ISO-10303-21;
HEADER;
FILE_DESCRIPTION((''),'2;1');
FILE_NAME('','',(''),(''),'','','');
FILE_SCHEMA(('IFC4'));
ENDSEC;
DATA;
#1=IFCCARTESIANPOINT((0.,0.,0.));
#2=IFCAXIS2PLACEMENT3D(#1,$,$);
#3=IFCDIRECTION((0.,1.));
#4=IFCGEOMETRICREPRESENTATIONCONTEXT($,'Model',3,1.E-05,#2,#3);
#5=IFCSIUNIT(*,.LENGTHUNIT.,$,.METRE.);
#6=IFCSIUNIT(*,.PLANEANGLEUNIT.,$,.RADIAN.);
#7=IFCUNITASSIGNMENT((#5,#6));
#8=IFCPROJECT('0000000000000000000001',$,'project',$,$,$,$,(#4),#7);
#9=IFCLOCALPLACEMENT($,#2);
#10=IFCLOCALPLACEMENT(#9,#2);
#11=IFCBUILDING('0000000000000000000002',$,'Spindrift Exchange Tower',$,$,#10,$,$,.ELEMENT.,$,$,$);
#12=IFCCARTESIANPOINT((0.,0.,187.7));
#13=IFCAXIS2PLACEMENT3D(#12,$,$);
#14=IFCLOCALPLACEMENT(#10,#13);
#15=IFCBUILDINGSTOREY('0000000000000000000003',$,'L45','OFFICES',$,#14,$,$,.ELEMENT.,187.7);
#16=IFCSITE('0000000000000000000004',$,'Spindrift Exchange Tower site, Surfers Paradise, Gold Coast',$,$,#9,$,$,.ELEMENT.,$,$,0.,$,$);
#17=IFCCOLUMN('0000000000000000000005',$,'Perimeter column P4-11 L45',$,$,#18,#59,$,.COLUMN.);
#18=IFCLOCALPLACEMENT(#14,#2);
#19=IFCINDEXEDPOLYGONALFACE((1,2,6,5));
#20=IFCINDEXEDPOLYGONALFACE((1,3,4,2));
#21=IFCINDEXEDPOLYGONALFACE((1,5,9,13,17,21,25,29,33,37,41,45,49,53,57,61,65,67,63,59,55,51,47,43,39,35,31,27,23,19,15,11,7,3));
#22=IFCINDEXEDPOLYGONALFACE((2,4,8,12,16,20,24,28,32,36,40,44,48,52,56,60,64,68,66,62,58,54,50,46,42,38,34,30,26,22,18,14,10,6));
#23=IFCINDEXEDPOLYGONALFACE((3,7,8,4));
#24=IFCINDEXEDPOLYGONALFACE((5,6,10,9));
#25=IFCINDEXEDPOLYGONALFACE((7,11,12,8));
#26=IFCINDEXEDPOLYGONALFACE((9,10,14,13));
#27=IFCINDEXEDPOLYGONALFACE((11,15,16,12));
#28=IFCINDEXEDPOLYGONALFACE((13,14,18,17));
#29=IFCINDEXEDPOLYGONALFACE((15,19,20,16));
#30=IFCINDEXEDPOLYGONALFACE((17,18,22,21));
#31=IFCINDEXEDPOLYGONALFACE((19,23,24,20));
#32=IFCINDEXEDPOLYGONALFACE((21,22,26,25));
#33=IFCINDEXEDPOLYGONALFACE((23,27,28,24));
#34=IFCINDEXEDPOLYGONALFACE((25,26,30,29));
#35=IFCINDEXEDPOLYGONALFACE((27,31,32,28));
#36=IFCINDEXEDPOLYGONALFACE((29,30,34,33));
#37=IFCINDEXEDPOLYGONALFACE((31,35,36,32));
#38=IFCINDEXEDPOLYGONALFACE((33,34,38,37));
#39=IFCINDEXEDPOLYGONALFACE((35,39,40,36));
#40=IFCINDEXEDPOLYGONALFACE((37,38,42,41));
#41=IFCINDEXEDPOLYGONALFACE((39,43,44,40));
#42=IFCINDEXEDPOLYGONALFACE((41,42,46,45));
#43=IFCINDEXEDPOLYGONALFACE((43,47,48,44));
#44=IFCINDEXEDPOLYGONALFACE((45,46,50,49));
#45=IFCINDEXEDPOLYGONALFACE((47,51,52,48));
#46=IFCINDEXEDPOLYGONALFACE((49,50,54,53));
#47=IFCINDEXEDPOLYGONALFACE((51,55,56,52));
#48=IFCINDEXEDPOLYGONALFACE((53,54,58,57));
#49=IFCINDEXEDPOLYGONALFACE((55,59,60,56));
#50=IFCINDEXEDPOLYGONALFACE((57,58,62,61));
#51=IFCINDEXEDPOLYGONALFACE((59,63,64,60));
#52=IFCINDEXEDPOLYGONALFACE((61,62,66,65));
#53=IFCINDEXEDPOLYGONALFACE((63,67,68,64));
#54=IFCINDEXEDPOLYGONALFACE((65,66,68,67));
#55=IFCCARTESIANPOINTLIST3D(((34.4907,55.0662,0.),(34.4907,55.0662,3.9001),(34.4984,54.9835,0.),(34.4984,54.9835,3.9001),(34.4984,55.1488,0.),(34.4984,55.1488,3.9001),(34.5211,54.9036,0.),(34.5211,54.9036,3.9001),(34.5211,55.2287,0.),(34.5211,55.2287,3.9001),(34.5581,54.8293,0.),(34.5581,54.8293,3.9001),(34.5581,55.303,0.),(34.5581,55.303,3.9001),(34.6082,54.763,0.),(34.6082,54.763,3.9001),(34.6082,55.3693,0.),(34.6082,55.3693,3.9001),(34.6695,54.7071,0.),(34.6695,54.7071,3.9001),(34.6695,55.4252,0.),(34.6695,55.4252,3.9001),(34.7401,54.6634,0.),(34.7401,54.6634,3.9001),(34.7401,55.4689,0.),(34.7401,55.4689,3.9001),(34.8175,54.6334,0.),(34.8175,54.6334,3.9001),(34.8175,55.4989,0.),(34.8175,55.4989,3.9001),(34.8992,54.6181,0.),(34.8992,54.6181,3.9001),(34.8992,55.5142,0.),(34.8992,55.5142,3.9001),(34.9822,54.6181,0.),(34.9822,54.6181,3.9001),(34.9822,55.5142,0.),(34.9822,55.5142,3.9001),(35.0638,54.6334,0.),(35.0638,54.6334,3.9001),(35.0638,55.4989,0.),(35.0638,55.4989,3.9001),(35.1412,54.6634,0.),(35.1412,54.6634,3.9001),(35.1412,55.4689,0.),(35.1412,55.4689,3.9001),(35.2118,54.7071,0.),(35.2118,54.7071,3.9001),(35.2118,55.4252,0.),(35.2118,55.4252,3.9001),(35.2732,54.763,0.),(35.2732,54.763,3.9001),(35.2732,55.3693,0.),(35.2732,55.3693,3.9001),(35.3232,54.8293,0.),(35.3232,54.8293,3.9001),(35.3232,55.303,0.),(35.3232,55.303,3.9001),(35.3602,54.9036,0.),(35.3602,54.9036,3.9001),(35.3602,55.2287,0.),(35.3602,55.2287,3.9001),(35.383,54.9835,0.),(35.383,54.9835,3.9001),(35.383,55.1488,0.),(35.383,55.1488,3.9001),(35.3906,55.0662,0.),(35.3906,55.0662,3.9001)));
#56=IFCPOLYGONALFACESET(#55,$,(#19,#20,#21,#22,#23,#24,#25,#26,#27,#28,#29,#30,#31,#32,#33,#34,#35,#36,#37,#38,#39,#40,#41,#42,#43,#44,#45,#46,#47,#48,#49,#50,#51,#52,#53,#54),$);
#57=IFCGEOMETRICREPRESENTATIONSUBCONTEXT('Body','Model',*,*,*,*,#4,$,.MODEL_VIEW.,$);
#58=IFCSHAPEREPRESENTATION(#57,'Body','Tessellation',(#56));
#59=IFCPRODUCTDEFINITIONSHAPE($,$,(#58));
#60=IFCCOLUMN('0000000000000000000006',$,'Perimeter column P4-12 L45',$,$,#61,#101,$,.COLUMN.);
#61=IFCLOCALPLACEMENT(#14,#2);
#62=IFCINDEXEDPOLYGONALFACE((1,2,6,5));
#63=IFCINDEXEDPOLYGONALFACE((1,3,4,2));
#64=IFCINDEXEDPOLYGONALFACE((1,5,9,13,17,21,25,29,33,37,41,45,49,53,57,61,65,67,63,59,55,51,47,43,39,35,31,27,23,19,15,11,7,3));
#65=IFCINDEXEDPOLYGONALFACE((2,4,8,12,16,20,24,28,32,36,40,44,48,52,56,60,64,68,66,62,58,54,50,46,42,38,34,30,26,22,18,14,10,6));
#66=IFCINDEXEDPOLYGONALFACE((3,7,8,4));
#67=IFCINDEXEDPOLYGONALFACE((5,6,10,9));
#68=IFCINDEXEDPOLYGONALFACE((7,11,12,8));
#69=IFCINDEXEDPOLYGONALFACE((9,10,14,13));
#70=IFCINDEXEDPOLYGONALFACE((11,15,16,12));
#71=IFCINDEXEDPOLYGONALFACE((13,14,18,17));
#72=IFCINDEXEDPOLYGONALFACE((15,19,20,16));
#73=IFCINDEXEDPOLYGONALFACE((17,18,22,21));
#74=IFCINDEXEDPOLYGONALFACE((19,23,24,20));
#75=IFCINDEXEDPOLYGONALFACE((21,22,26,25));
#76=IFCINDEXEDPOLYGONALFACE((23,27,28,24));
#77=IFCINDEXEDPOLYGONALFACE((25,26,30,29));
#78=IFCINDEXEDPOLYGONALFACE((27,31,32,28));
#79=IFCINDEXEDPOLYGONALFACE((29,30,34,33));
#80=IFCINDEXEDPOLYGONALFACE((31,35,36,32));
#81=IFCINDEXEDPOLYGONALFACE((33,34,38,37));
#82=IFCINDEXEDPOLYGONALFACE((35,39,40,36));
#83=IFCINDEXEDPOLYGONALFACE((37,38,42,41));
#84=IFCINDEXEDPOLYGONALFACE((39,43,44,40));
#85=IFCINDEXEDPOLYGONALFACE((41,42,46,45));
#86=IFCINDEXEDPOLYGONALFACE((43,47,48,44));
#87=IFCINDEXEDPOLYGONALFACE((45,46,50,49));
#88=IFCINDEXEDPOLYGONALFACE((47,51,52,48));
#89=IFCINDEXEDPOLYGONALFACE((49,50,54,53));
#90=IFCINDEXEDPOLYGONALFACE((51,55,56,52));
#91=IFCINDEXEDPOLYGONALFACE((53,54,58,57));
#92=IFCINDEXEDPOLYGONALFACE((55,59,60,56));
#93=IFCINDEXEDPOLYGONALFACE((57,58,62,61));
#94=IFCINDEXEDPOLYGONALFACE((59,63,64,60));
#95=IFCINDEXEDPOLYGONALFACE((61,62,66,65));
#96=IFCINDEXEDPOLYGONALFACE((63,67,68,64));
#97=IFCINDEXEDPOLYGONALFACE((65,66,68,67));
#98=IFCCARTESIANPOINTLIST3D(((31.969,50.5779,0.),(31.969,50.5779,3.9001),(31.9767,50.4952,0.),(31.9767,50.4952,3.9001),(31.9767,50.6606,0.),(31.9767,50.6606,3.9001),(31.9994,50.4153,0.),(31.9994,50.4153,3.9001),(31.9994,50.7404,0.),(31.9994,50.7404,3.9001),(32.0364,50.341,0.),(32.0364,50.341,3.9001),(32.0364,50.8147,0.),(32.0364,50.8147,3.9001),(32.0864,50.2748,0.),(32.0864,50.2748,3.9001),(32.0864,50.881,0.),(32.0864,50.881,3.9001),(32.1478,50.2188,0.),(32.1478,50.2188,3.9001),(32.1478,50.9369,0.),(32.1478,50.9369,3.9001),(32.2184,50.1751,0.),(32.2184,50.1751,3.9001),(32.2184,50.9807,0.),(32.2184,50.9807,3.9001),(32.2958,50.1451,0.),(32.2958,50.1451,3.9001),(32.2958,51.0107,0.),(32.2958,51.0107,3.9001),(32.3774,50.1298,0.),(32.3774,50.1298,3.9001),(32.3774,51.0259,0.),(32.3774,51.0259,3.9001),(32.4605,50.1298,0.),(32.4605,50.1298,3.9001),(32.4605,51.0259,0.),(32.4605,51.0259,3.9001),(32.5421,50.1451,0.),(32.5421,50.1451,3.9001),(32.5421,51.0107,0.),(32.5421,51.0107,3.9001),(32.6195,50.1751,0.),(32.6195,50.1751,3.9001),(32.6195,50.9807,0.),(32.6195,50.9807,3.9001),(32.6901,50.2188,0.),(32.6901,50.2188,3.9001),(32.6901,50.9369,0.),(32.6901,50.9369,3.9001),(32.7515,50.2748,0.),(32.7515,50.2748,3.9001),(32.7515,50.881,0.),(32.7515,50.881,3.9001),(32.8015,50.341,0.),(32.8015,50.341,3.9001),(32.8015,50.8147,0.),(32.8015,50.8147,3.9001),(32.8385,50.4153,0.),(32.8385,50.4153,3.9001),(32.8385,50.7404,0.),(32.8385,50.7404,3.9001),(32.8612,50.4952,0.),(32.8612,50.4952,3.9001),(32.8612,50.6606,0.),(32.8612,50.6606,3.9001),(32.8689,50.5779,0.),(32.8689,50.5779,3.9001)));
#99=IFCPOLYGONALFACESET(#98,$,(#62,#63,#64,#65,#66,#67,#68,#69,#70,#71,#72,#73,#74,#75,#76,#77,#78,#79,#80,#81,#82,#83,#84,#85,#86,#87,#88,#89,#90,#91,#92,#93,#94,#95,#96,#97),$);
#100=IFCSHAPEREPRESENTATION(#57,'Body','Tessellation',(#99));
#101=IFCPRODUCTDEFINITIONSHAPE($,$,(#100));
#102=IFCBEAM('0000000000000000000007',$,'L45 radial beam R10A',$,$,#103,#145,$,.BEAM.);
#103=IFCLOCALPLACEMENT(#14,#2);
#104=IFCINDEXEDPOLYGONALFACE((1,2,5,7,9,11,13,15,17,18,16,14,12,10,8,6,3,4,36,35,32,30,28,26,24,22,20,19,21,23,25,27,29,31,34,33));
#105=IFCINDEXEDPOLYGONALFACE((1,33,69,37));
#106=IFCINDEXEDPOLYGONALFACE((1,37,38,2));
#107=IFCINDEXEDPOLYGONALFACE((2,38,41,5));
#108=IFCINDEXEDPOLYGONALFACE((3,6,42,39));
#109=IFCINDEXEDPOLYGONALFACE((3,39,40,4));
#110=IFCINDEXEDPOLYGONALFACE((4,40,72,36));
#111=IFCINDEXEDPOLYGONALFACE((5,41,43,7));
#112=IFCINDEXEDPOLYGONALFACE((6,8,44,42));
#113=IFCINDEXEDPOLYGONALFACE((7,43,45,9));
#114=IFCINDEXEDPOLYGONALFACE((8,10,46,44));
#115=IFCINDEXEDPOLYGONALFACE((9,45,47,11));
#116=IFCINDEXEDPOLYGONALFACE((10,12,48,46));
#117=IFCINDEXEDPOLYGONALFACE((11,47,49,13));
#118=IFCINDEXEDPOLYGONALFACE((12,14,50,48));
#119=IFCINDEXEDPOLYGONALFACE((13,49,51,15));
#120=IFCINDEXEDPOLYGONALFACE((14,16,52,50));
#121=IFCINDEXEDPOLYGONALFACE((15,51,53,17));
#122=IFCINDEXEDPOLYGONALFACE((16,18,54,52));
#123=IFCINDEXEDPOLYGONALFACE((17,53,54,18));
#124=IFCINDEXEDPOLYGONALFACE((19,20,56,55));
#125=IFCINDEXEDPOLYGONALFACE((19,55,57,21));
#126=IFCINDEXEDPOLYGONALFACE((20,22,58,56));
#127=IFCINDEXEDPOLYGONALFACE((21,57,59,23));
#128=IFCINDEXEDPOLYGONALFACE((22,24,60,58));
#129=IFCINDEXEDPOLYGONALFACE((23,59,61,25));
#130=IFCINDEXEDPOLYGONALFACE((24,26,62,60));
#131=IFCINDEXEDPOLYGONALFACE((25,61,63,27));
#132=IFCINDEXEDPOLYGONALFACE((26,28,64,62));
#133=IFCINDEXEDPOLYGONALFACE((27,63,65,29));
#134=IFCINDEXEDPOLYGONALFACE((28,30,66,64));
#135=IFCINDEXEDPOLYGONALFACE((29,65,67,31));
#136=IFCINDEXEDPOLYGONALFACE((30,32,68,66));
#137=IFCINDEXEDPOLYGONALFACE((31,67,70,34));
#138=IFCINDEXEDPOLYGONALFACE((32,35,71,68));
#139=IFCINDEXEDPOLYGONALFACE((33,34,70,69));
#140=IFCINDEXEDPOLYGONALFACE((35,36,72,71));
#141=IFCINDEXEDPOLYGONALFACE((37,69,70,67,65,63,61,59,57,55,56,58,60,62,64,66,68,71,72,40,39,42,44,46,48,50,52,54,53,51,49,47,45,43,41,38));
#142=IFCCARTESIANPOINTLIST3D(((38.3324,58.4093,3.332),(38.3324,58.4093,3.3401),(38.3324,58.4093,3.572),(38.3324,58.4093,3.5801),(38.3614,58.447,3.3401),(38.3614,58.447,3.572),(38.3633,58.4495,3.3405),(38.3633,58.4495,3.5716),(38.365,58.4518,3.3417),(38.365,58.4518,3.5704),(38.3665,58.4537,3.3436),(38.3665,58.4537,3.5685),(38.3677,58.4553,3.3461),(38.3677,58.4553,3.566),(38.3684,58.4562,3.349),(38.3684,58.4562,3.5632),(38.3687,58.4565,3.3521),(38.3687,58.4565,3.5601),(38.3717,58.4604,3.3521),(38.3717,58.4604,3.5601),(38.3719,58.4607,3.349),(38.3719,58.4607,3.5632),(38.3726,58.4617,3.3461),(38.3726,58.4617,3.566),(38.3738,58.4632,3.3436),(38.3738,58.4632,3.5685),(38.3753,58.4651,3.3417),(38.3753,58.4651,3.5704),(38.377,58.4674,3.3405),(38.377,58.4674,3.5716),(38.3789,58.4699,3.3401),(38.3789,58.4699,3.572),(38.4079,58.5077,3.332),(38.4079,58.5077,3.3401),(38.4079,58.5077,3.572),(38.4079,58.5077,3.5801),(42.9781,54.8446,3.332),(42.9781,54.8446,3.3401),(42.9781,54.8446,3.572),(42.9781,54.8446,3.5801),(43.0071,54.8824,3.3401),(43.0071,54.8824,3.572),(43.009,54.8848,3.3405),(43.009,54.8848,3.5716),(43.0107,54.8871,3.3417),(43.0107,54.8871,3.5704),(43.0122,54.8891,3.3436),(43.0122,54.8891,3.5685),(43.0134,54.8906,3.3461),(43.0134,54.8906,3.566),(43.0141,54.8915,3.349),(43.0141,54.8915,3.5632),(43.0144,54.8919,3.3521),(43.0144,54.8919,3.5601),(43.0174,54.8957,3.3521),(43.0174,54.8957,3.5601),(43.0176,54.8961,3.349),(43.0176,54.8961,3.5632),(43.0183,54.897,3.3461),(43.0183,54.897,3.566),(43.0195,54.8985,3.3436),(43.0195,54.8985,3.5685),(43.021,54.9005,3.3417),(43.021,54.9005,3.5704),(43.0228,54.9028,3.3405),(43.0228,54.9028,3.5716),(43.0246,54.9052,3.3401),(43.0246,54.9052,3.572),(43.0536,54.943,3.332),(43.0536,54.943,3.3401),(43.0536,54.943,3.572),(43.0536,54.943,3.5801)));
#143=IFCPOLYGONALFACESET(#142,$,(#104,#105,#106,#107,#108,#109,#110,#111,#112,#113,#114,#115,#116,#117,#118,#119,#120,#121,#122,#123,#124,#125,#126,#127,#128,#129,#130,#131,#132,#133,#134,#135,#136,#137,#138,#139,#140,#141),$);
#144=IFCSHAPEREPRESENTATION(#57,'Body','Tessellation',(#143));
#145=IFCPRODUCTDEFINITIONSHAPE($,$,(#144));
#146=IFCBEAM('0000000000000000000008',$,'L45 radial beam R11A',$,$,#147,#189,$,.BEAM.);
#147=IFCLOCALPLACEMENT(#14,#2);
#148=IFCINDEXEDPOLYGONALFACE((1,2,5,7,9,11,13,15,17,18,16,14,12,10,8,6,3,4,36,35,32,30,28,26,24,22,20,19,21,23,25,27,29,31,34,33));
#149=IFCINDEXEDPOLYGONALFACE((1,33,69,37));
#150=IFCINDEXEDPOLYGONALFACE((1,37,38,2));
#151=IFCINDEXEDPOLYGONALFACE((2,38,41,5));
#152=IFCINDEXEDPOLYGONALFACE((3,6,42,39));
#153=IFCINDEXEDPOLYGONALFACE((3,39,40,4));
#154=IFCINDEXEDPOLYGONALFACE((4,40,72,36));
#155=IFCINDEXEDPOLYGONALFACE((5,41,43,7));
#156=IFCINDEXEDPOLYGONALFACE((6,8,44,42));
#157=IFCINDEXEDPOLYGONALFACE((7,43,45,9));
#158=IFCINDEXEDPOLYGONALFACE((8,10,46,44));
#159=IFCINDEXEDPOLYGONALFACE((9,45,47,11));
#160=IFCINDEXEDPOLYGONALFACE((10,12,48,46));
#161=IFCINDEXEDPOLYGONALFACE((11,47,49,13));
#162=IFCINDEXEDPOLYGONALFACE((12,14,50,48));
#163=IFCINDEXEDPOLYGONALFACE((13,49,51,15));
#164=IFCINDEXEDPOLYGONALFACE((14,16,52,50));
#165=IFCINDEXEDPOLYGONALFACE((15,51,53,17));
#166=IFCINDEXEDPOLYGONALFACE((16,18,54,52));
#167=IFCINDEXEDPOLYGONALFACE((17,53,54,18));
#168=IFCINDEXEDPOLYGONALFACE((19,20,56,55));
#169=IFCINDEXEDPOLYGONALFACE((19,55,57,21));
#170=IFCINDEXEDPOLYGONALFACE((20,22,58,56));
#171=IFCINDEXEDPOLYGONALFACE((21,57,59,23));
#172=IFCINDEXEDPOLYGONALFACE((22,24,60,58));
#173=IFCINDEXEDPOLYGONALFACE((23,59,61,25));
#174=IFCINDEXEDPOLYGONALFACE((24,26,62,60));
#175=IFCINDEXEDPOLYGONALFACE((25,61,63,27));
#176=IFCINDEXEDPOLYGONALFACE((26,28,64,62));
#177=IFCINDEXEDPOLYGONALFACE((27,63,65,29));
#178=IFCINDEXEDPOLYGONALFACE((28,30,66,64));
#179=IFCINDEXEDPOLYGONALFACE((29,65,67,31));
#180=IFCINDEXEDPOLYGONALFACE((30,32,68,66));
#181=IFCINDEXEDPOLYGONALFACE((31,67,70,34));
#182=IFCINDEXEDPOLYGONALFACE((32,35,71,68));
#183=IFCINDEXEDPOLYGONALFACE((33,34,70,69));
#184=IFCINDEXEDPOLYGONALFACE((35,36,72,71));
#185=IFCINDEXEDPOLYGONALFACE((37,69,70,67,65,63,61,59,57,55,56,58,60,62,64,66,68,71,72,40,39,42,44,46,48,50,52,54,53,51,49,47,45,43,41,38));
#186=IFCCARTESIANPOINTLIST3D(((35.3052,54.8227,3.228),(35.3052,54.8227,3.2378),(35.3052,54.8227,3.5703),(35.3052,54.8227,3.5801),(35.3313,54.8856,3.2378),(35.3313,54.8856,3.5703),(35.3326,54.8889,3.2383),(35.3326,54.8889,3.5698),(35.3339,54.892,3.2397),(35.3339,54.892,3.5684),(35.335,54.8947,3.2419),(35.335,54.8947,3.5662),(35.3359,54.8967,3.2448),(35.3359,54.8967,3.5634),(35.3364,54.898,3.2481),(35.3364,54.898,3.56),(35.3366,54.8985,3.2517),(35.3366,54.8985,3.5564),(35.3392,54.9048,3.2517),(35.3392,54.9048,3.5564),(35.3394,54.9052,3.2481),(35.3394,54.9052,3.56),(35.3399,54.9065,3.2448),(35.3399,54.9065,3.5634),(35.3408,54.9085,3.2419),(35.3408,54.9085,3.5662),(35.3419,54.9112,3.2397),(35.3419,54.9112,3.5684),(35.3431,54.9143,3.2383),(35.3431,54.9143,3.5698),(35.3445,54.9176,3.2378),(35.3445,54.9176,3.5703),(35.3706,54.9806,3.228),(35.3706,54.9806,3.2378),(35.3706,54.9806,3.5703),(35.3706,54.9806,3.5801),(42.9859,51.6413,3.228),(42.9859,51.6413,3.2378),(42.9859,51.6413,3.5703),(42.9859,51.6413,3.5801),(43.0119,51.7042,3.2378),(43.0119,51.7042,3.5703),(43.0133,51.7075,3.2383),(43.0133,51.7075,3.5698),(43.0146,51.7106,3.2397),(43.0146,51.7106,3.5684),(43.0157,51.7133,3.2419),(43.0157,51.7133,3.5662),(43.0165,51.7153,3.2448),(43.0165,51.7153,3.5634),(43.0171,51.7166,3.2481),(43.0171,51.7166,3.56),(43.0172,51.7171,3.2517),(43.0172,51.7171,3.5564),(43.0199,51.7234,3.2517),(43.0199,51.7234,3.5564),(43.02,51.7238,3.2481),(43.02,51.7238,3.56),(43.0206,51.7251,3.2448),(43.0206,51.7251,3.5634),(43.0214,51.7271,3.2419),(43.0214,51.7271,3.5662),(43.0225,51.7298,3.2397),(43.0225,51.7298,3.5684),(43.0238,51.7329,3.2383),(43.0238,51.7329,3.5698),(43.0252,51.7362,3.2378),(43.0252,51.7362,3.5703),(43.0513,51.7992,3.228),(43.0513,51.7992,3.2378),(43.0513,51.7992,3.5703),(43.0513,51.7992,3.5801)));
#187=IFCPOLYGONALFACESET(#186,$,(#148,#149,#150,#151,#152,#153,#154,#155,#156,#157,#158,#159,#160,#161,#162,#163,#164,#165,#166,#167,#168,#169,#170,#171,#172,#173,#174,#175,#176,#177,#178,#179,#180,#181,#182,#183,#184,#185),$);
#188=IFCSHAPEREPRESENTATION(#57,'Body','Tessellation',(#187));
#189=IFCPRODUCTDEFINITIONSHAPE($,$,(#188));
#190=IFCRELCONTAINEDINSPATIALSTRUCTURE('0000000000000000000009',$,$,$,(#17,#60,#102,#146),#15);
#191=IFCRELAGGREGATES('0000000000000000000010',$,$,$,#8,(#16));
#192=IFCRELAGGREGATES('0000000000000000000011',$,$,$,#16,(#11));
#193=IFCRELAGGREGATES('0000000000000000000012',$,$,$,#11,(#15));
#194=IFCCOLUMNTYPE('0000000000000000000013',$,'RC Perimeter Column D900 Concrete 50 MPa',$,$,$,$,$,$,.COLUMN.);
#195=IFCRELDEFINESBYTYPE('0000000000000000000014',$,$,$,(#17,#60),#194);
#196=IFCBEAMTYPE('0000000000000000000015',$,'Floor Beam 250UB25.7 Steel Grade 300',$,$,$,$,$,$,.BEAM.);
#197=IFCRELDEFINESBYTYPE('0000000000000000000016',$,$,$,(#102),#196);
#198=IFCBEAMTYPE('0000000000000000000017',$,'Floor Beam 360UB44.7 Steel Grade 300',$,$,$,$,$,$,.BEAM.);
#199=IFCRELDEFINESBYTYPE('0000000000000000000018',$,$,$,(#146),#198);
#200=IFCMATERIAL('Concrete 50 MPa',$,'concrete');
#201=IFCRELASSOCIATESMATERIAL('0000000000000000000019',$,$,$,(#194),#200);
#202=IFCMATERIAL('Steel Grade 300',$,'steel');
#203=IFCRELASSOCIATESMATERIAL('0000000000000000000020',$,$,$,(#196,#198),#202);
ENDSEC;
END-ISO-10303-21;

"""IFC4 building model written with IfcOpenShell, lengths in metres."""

from ifc_helpers import new_model, si_unit, direction, frame, origin, origin_2d, place, context, subcontext, project, spatial, circle, i_section, extrude, source, transform, mapped, material, material_profile, profile_set, type_object, element, save


model = new_model("IFC4")

# Units and contexts
model_context = context("Model", 3, precision=1e-05, world=origin(), true_north=direction((0.0, 1.0)))
body_context = subcontext(model_context, "Body", "Model", "MODEL_VIEW")
ifc_project = project(units=[si_unit("LENGTHUNIT", "METRE"), si_unit("PLANEANGLEUNIT", "RADIAN")], contexts=[model_context])

# Site, building, storey
site_placement = place(None, origin())
site = spatial("IfcSite", under=ifc_project, at=site_placement, Name="Spindrift Exchange Tower site, Surfers Paradise, Gold Coast", CompositionType="ELEMENT", RefElevation=0.0)
building_placement = place(site_placement, origin())
building = spatial("IfcBuilding", under=site, at=building_placement, Name="Spindrift Exchange Tower", CompositionType="ELEMENT")
storey_placement = place(building_placement, frame((0.0, 0.0, 187.7)))
storey = spatial("IfcBuildingStorey", under=building, at=storey_placement, Name="L45", Description="OFFICES", CompositionType="ELEMENT", Elevation=187.7)

# Columns
ifc_material_1 = material(Name="Concrete 50 MPa", Category="concrete")
ifc_material_profile_1 = material_profile(ifc_material_1, circle(Radius=0.45, at=origin_2d()), Name="RC D900")
ifc_profile_set_1 = profile_set([ifc_material_profile_1], Name="Concrete 50 MPa")
column_type = type_object("IfcColumnType", Name="RC Perimeter Column D900 Concrete 50 MPa", PredefinedType="COLUMN", material=ifc_profile_set_1)
shared_shape_1 = source(origin(), body_context, "Body", "SweptSolid", [
    extrude(circle(Radius=0.45, at=origin_2d()), origin(), (0.0, 0.0, 1.0), 3.9001),
])
for number, where, z_axis, x_axis, name in (
    (1, (34.9407, 55.0662, 0.0), (0.0, 0.0, 1.0), (1.0, 0.0, 0.0), "Perimeter column P4-11 L45"),
    (2, (32.4189, 50.5779, 0.0), (0.0, 0.0, 1.0), (1.0, 0.0, 0.0), "Perimeter column P4-12 L45"),
):
    element("IfcColumn", number, at=place(storey_placement, frame(where, z_axis=z_axis, x_axis=x_axis)), inside=storey, type_object=column_type, Name=name, PredefinedType="COLUMN", context=body_context, shape_type="MappedRepresentation", body=[
        mapped(shared_shape_1, transform((0.0, 0.0, 0.0), scale=1.0)),
    ])

# Beams
ifc_material_2 = material(Name="Steel Grade 300", Category="steel")
ifc_material_profile_2 = material_profile(ifc_material_2, i_section(OverallWidth=0.124, OverallDepth=0.248, WebThickness=0.0049, FlangeThickness=0.0081, FilletRadius=0.012, at=origin_2d()), Name="250UB25.7")
ifc_profile_set_2 = profile_set([ifc_material_profile_2], Name="Steel Grade 300")
beam_type_1 = type_object("IfcBeamType", Name="Floor Beam 250UB25.7 Steel Grade 300", PredefinedType="BEAM", material=ifc_profile_set_2)
shared_shape_2 = source(origin(), body_context, "Body", "SweptSolid", [
    extrude(i_section(OverallWidth=0.124, OverallDepth=0.248, WebThickness=0.0049, FlangeThickness=0.0081, FilletRadius=0.012, at=origin_2d()), origin(), (0.0, 0.0, 1.0), 5.8557),
])
beam_1_placement = place(storey_placement, frame((43.0159, 54.8938, 3.4561), z_axis=(-0.793363, 0.608749, 0.0), x_axis=(-0.608749, -0.793363, 0.0)))
element("IfcBeam", 3, at=beam_1_placement, inside=storey, type_object=beam_type_1, Name="L45 radial beam R10A", PredefinedType="BEAM", context=body_context, shape_type="MappedRepresentation", body=[
    mapped(shared_shape_2, transform((0.0, 0.0, 0.0), scale=1.0)),
])
ifc_material_profile_3 = material_profile(ifc_material_2, i_section(OverallWidth=0.1709, OverallDepth=0.3521, WebThickness=0.0068, FlangeThickness=0.0098, FilletRadius=0.0139, at=origin_2d()), Name="360UB44.7")
ifc_profile_set_3 = profile_set([ifc_material_profile_3], Name="Steel Grade 300")
beam_type_2 = type_object("IfcBeamType", Name="Floor Beam 360UB44.7 Steel Grade 300", PredefinedType="BEAM", material=ifc_profile_set_3)
shared_shape_3 = source(origin(), body_context, "Body", "SweptSolid", [
    extrude(i_section(OverallWidth=0.1709, OverallDepth=0.3521, WebThickness=0.0068, FlangeThickness=0.0098, FilletRadius=0.0139, at=origin_2d()), origin(), (0.0, 0.0, 1.0), 8.3135),
])
beam_2_placement = place(storey_placement, frame((43.0186, 51.7202, 3.4041), z_axis=(-0.923881, 0.382679, 0.0), x_axis=(-0.382679, -0.923881, 0.0)))
element("IfcBeam", 4, at=beam_2_placement, inside=storey, type_object=beam_type_2, Name="L45 radial beam R11A", PredefinedType="BEAM", context=body_context, shape_type="MappedRepresentation", body=[
    mapped(shared_shape_3, transform((0.0, 0.0, 0.0), scale=1.0)),
])

save(model, "model.ifc")
